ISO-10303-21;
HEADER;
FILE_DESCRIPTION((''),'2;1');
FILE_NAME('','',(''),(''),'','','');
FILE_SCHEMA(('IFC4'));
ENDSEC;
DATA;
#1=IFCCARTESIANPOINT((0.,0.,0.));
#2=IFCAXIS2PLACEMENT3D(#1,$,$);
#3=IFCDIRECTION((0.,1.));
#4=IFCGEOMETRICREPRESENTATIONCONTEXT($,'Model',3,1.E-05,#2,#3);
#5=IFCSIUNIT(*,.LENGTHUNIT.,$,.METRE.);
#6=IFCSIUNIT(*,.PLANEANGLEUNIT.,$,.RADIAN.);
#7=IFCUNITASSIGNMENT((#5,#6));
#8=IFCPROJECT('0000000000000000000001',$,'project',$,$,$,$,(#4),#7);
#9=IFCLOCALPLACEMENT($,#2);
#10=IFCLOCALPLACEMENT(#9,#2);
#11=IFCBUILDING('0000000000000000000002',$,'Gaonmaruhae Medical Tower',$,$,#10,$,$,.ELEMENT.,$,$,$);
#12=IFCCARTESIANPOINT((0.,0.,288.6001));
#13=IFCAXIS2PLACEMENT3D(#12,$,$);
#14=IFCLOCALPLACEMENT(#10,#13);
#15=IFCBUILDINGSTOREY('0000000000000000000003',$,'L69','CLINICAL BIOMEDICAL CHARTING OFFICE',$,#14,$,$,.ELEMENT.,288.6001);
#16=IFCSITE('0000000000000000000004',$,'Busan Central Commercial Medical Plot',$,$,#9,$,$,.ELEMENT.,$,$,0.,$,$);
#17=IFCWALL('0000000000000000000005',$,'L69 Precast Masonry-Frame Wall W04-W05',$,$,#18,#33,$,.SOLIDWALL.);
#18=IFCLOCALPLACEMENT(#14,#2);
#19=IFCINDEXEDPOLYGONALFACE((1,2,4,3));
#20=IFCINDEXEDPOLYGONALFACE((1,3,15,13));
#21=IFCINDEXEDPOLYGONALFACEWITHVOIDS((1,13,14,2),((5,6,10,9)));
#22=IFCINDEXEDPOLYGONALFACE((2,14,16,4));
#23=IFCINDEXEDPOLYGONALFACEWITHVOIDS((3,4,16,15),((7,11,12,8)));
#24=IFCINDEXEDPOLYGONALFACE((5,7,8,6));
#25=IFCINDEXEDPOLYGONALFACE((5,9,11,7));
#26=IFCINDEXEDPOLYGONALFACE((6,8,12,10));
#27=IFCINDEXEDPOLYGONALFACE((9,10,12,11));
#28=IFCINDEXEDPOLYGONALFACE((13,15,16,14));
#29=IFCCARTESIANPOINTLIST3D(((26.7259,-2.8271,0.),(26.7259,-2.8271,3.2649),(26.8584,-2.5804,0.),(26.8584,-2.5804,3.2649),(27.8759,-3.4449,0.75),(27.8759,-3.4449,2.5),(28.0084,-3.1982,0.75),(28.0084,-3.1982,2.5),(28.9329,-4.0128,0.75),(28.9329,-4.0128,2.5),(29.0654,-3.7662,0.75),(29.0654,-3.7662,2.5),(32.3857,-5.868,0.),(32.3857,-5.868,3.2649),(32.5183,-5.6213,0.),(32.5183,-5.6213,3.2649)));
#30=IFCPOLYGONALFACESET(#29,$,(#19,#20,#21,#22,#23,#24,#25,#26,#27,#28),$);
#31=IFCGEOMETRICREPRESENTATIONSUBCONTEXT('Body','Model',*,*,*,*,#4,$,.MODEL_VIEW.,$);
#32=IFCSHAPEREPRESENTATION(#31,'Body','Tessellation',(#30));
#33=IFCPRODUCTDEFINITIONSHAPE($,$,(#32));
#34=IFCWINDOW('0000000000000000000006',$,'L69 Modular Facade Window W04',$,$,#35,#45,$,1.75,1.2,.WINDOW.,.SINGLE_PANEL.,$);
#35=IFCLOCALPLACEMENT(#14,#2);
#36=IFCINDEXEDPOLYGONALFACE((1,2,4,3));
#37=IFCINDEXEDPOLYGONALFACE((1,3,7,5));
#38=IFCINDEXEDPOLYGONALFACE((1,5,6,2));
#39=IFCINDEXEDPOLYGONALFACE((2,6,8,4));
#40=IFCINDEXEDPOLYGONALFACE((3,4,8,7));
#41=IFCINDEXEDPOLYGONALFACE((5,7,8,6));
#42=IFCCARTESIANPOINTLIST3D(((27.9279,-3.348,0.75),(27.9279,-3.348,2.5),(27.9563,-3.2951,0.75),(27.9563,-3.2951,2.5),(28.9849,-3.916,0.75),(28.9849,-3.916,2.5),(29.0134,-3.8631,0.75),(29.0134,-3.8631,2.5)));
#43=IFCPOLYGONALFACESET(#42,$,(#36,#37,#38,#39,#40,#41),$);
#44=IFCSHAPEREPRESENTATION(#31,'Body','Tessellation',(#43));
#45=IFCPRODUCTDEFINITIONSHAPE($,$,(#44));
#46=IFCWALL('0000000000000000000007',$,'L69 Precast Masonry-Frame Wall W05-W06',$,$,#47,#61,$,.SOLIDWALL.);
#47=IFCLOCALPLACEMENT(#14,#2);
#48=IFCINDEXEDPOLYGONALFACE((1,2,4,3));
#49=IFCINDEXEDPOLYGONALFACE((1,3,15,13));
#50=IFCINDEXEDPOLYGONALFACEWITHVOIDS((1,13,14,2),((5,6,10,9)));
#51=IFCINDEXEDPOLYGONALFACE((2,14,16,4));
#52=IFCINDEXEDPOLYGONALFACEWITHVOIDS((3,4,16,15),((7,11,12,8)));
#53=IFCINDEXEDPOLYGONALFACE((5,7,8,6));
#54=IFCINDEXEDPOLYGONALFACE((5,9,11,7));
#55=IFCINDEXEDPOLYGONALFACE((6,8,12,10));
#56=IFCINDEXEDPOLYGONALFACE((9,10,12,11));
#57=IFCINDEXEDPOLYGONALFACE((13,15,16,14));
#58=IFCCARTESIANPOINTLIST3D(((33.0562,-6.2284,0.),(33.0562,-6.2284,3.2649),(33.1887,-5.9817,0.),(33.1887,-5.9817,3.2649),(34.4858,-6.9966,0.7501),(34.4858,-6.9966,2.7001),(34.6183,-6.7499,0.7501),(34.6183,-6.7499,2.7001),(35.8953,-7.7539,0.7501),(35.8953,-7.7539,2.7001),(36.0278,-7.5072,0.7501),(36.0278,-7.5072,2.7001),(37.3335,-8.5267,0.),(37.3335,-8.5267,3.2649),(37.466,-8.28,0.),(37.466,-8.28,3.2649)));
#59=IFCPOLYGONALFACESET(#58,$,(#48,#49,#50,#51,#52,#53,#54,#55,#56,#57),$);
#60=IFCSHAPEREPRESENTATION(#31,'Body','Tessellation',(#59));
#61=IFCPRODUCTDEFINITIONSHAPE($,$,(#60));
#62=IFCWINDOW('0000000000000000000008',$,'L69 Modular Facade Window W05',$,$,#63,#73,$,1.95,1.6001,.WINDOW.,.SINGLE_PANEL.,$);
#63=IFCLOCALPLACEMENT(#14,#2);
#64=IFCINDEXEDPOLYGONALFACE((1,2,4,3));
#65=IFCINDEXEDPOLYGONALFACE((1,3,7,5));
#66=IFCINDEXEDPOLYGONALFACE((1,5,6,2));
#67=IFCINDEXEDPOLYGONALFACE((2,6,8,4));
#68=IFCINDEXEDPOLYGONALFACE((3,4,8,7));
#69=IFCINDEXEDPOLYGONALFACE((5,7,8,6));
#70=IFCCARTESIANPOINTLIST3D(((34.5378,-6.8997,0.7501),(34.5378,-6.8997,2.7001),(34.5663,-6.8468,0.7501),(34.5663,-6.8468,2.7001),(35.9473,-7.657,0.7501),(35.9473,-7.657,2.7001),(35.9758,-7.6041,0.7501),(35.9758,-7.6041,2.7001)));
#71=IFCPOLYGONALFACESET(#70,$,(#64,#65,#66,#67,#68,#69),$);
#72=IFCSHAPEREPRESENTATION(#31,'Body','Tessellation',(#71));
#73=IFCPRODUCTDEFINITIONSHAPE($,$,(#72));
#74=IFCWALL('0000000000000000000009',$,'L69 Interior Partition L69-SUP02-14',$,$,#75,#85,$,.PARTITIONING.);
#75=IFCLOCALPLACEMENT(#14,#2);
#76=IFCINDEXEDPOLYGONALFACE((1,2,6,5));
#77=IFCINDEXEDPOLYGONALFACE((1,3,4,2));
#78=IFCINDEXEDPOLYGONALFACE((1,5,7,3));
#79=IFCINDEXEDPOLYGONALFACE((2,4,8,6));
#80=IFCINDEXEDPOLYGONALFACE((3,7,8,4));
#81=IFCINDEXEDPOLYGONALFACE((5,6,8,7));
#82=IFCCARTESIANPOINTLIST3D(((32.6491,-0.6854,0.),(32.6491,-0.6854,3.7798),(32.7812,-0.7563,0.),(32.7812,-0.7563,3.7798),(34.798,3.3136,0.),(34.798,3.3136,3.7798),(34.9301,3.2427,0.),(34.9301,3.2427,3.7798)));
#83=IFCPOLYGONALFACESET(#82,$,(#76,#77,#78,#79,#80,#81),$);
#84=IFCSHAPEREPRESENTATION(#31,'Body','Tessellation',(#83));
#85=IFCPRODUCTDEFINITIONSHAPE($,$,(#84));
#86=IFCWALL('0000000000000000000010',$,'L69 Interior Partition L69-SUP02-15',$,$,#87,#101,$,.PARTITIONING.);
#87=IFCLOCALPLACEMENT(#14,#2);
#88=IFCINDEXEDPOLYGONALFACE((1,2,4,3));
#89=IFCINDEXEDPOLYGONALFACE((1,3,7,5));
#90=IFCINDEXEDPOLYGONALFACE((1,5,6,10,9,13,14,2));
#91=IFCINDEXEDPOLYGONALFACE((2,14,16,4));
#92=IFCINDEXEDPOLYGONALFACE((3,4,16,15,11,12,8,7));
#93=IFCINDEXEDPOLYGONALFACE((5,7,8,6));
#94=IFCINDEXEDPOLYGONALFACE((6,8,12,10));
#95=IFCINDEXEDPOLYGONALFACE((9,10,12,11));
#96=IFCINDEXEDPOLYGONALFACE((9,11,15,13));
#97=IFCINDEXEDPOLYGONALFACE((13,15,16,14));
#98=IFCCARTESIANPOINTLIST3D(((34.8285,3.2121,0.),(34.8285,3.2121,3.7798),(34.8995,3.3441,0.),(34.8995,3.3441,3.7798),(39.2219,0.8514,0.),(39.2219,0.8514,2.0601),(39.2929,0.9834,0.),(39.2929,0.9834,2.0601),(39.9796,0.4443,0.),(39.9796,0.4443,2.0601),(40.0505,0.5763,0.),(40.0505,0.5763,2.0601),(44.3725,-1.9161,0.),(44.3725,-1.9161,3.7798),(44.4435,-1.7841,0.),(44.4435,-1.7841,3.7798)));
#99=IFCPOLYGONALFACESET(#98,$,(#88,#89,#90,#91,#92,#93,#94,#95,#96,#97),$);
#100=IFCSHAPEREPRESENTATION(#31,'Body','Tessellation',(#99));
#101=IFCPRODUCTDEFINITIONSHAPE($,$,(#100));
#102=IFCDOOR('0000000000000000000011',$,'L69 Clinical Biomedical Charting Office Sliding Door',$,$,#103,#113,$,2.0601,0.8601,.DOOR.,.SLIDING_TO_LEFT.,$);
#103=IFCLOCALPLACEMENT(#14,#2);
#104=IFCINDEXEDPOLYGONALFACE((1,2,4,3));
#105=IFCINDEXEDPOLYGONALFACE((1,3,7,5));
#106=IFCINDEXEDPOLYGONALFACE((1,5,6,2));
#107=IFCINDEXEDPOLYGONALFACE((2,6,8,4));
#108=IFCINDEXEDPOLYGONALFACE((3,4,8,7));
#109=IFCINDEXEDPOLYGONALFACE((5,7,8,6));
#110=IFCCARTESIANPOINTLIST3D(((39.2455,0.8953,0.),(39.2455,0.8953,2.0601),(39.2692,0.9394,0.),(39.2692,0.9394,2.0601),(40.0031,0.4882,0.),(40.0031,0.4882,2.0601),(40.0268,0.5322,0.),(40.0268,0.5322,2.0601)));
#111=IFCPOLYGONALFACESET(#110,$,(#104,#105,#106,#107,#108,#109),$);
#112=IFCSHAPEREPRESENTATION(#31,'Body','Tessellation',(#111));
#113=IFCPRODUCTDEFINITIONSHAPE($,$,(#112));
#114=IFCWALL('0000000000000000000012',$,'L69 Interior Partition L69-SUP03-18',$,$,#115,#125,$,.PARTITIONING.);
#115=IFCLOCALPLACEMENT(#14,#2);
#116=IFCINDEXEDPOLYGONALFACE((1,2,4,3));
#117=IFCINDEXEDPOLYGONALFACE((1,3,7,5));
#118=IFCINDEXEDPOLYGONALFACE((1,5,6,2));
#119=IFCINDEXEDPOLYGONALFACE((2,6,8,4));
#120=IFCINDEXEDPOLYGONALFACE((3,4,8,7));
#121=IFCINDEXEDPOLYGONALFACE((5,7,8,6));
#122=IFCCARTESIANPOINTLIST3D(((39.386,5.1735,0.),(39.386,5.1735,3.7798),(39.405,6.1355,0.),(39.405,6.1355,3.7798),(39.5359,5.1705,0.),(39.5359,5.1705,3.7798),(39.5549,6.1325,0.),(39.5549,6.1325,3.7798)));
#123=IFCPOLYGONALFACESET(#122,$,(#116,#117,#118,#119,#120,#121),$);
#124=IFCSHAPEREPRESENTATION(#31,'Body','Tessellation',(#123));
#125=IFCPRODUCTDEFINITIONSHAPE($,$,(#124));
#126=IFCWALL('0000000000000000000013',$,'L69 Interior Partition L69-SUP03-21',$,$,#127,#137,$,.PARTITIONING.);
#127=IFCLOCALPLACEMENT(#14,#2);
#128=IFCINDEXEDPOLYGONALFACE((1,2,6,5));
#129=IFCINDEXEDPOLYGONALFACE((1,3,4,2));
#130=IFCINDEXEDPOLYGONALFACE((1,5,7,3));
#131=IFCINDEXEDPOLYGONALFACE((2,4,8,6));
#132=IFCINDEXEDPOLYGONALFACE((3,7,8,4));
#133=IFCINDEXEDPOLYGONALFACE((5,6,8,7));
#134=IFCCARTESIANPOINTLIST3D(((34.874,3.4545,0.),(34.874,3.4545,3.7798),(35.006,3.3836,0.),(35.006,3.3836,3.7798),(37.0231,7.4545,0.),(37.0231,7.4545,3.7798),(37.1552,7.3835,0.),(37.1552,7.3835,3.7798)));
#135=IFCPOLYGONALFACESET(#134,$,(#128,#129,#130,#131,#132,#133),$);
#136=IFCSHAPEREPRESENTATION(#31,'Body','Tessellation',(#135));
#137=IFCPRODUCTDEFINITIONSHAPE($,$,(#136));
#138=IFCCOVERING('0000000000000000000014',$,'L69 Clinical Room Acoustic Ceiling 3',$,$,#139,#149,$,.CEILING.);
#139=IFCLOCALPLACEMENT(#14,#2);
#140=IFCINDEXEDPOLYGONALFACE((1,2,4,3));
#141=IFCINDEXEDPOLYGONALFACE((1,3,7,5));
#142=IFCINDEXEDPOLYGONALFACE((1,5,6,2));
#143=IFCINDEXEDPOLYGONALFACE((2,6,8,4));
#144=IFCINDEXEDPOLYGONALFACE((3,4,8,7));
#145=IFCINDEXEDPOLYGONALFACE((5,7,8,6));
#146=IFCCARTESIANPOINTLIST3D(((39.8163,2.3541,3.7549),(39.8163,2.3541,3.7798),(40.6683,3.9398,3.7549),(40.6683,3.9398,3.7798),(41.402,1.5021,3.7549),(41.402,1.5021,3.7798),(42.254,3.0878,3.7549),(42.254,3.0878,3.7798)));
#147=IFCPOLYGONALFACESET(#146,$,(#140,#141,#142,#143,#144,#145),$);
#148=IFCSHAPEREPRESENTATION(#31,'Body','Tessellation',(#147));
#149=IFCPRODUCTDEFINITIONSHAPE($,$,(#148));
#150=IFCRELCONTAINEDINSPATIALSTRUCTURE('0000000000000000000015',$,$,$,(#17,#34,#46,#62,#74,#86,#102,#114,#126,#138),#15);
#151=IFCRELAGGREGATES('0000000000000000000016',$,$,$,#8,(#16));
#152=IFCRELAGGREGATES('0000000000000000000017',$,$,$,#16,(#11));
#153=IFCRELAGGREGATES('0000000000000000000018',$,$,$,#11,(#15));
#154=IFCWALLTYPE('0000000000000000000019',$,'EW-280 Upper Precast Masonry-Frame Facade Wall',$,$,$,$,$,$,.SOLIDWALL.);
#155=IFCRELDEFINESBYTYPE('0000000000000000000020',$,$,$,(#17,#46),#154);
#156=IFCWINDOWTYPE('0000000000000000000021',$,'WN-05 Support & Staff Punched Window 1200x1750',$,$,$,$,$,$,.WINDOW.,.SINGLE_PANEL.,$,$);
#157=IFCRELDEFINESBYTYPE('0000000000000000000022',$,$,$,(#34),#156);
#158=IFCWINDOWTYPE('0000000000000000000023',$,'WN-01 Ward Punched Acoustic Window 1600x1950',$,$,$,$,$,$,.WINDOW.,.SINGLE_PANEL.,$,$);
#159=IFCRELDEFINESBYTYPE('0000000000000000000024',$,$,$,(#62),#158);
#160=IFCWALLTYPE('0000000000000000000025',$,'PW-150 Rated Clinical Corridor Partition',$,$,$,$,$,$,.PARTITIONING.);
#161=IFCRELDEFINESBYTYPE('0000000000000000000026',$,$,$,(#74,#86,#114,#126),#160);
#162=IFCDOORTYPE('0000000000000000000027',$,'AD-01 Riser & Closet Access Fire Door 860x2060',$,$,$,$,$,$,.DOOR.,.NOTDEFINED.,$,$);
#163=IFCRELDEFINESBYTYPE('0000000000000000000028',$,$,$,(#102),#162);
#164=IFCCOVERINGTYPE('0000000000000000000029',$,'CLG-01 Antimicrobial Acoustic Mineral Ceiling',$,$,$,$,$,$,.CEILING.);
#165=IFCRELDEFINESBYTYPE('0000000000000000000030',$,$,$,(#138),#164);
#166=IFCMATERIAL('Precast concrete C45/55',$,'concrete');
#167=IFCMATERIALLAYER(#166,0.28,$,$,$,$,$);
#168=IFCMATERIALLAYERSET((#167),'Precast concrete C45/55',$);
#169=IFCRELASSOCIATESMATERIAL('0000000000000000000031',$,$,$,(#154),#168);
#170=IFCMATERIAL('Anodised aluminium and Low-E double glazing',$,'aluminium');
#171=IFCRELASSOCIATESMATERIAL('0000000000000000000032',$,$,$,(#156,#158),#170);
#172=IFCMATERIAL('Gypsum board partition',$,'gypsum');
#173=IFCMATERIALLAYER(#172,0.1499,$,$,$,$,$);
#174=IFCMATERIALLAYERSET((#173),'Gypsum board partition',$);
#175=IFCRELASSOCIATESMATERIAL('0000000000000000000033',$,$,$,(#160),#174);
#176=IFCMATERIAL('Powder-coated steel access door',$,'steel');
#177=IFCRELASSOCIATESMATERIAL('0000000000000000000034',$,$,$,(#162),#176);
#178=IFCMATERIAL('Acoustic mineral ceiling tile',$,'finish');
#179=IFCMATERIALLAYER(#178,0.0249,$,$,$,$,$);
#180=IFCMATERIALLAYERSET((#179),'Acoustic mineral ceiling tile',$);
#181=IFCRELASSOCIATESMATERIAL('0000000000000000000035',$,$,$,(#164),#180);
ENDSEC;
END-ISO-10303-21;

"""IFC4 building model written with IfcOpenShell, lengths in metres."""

from ifc_helpers import new_model, si_unit, direction, frame, frame_2d, origin, origin_2d, place, context, subcontext, project, spatial, rectangle, extrude, material, layer, layer_set, type_object, element, fill, save


model = new_model("IFC4")

# Units and contexts
model_context = context("Model", 3, precision=1e-05, world=origin(), true_north=direction((0.0, 1.0)))
body_context = subcontext(model_context, "Body", "Model", "MODEL_VIEW")
ifc_project = project(units=[si_unit("LENGTHUNIT", "METRE"), si_unit("PLANEANGLEUNIT", "RADIAN")], contexts=[model_context])

# Site, building, storey
site_placement = place(None, origin())
site = spatial("IfcSite", under=ifc_project, at=site_placement, Name="Busan Central Commercial Medical Plot", CompositionType="ELEMENT", RefElevation=0.0)
building_placement = place(site_placement, origin())
building = spatial("IfcBuilding", under=site, at=building_placement, Name="Gaonmaruhae Medical Tower", CompositionType="ELEMENT")
storey_placement = place(building_placement, frame((0.0, 0.0, 288.6001)))
storey = spatial("IfcBuildingStorey", under=building, at=storey_placement, Name="L69", Description="CLINICAL BIOMEDICAL CHARTING OFFICE", CompositionType="ELEMENT", Elevation=288.6001)

# Walls, openings, windows
ifc_material_1 = material(Name="Precast concrete C45/55", Category="concrete")
ifc_layer_1 = layer(ifc_material_1, 0.28)
ifc_layer_set_1 = layer_set([ifc_layer_1], Name="Precast concrete C45/55")
wall_type_1 = type_object("IfcWallType", Name="EW-280 Upper Precast Masonry-Frame Facade Wall", PredefinedType="SOLIDWALL", material=ifc_layer_set_1)
wall_1_placement = place(storey_placement, frame((32.4519, -5.7446, 0.0), z_axis=(0.0, 0.0, 1.0), x_axis=(-0.880901, 0.4733, 0.0)))
wall_1 = element("IfcWall", 1, at=wall_1_placement, inside=storey, type_object=wall_type_1, Name="L69 Precast Masonry-Frame Wall W04-W05", PredefinedType="SOLIDWALL", context=body_context, shape_type="SweptSolid", body=[
    extrude(rectangle(XDim=6.425, YDim=0.28, at=frame_2d((3.2124, 0.0))), origin(), (0.0, 0.0, 1.0), 3.2649),
])
opening_1_placement = place(wall_1_placement, frame((3.9194, 0.0, 0.75)))
opening_1 = element("IfcOpeningElement", 2, at=opening_1_placement, cuts=wall_1, PredefinedType="OPENING", context=body_context, shape_type="SweptSolid", body=[
    extrude(rectangle(XDim=1.2, YDim=1.75, at=frame_2d((0.6001, 0.875))), frame((0.0, 0.1499, 0.0), z_axis=(0.0, -1.0, 0.0), x_axis=(1.0, 0.0, 0.0)), (0.0, 0.0, 1.0), 0.3),
])
ifc_material_2 = material(Name="Anodised aluminium and Low-E double glazing", Category="aluminium")
window_type_1 = type_object("IfcWindowType", Name="WN-05 Support & Staff Punched Window 1200x1750", PartitioningType="SINGLE_PANEL", PredefinedType="WINDOW", material=ifc_material_2)
window_1_placement = place(opening_1_placement, origin())
window_1 = element("IfcWindow", 3, at=window_1_placement, inside=storey, type_object=window_type_1, Name="L69 Modular Facade Window W04", OverallHeight=1.75, OverallWidth=1.2, PartitioningType="SINGLE_PANEL", PredefinedType="WINDOW", context=body_context, shape_type="SweptSolid", body=[
    extrude(rectangle(XDim=1.2, YDim=1.75, at=frame_2d((0.6001, 0.875))), frame((0.0, 0.03, 0.0), z_axis=(0.0, -1.0, 0.0), x_axis=(1.0, 0.0, 0.0)), (0.0, 0.0, 1.0), 0.0601),
])
fill(opening_1, window_1)
wall_2_placement = place(storey_placement, frame((37.3997, -8.4033, 0.0), z_axis=(0.0, 0.0, 1.0), x_axis=(-0.880887, 0.473326, 0.0)))
wall_2 = element("IfcWall", 4, at=wall_2_placement, inside=storey, type_object=wall_type_1, Name="L69 Precast Masonry-Frame Wall W05-W06", PredefinedType="SOLIDWALL", context=body_context, shape_type="SweptSolid", body=[
    extrude(rectangle(XDim=4.8557, YDim=0.28, at=frame_2d((2.4277, 0.0))), origin(), (0.0, 0.0, 1.0), 3.2649),
])
opening_2_placement = place(wall_2_placement, frame((1.6326, 0.0, 0.75)))
opening_2 = element("IfcOpeningElement", 5, at=opening_2_placement, cuts=wall_2, PredefinedType="OPENING", context=body_context, shape_type="SweptSolid", body=[
    extrude(rectangle(XDim=1.6001, YDim=1.95, at=frame_2d((0.8, 0.9751))), frame((0.0, 0.1499, 0.0), z_axis=(0.0, -1.0, 0.0), x_axis=(1.0, 0.0, 0.0)), (0.0, 0.0, 1.0), 0.3),
])
window_type_2 = type_object("IfcWindowType", Name="WN-01 Ward Punched Acoustic Window 1600x1950", PartitioningType="SINGLE_PANEL", PredefinedType="WINDOW", material=ifc_material_2)
window_2_placement = place(opening_2_placement, origin())
window_2 = element("IfcWindow", 6, at=window_2_placement, inside=storey, type_object=window_type_2, Name="L69 Modular Facade Window W05", OverallHeight=1.95, OverallWidth=1.6001, PartitioningType="SINGLE_PANEL", PredefinedType="WINDOW", context=body_context, shape_type="SweptSolid", body=[
    extrude(rectangle(XDim=1.6001, YDim=1.95, at=frame_2d((0.8, 0.9751))), frame((0.0, 0.03, 0.0), z_axis=(0.0, -1.0, 0.0), x_axis=(1.0, 0.0, 0.0)), (0.0, 0.0, 1.0), 0.0601),
])
fill(opening_2, window_2)

# Wall
ifc_material_3 = material(Name="Gypsum board partition", Category="gypsum")
ifc_layer_2 = layer(ifc_material_3, 0.1499)
ifc_layer_set_2 = layer_set([ifc_layer_2], Name="Gypsum board partition")
wall_type_2 = type_object("IfcWallType", Name="PW-150 Rated Clinical Corridor Partition", PredefinedType="PARTITIONING", material=ifc_layer_set_2)
wall_3_placement = place(storey_placement, frame((32.7151, -0.7209, 0.0), z_axis=(0.0, 0.0, 1.0), x_axis=(0.473349, 0.880875, 0.0)))
element("IfcWall", 7, at=wall_3_placement, inside=storey, type_object=wall_type_2, Name="L69 Interior Partition L69-SUP02-14", PredefinedType="PARTITIONING", context=body_context, shape_type="SweptSolid", body=[
    extrude(rectangle(XDim=4.5398, YDim=0.1499, at=frame_2d((2.27, 0.0))), origin(), (0.0, 0.0, 1.0), 3.7798),
])

# Wall, opening, door
wall_4_placement = place(storey_placement, frame((34.864, 3.2781, 0.0), z_axis=(0.0, 0.0, 1.0), x_axis=(0.88089, -0.473322, 0.0)))
wall_4 = element("IfcWall", 8, at=wall_4_placement, inside=storey, type_object=wall_type_2, Name="L69 Interior Partition L69-SUP02-15", PredefinedType="PARTITIONING", context=body_context, shape_type="SweptSolid", body=[
    extrude(rectangle(XDim=10.8345, YDim=0.1499, at=frame_2d((5.4172, 0.0))), origin(), (0.0, 0.0, 1.0), 3.7798),
])
opening_3_placement = place(wall_4_placement, frame((4.9873, 0.0, 0.0)))
opening_3 = element("IfcOpeningElement", 9, at=opening_3_placement, cuts=wall_4, PredefinedType="OPENING", context=body_context, shape_type="SweptSolid", body=[
    extrude(rectangle(XDim=0.8601, YDim=2.0601, at=frame_2d((0.4302, 1.03))), frame((0.0, 0.085, 0.0), z_axis=(0.0, -1.0, 0.0), x_axis=(1.0, 0.0, 0.0)), (0.0, 0.0, 1.0), 0.1699),
])
ifc_material_4 = material(Name="Powder-coated steel access door", Category="steel")
door_type_1 = type_object("IfcDoorType", Name="AD-01 Riser & Closet Access Fire Door 860x2060", OperationType="NOTDEFINED", PredefinedType="DOOR", material=ifc_material_4)
door_1_placement = place(opening_3_placement, origin())
door_1 = element("IfcDoor", 10, at=door_1_placement, inside=storey, type_object=door_type_1, Name="L69 Clinical Biomedical Charting Office Sliding Door", OperationType="SLIDING_TO_LEFT", OverallHeight=2.0601, OverallWidth=0.8601, PredefinedType="DOOR", context=body_context, shape_type="SweptSolid", body=[
    extrude(rectangle(XDim=0.8601, YDim=2.0601, at=frame_2d((0.4302, 1.03))), frame((0.0, 0.0249, 0.0), z_axis=(0.0, -1.0, 0.0), x_axis=(1.0, 0.0, 0.0)), (0.0, 0.0, 1.0), 0.05),
])
fill(opening_3, door_1)

# Walls
wall_5_placement = place(storey_placement, frame((39.4609, 5.1721, 0.0), z_axis=(0.0, 0.0, 1.0), x_axis=(0.019793, 0.999804, 0.0)))
element("IfcWall", 11, at=wall_5_placement, inside=storey, type_object=wall_type_2, Name="L69 Interior Partition L69-SUP03-18", PredefinedType="PARTITIONING", context=body_context, shape_type="SweptSolid", body=[
    extrude(rectangle(XDim=0.9622, YDim=0.1499, at=frame_2d((0.481, 0.0))), origin(), (0.0, 0.0, 1.0), 3.7798),
])
wall_6_placement = place(storey_placement, frame((34.9399, 3.4189, 0.0), z_axis=(0.0, 0.0, 1.0), x_axis=(0.473301, 0.880901, 0.0)))
element("IfcWall", 12, at=wall_6_placement, inside=storey, type_object=wall_type_2, Name="L69 Interior Partition L69-SUP03-21", PredefinedType="PARTITIONING", context=body_context, shape_type="SweptSolid", body=[
    extrude(rectangle(XDim=4.5408, YDim=0.1499, at=frame_2d((2.2705, 0.0))), origin(), (0.0, 0.0, 1.0), 3.7798),
])

# Covering
ifc_material_5 = material(Name="Acoustic mineral ceiling tile", Category="finish")
ifc_layer_3 = layer(ifc_material_5, 0.0249)
ifc_layer_set_3 = layer_set([ifc_layer_3], Name="Acoustic mineral ceiling tile")
covering_type = type_object("IfcCoveringType", Name="CLG-01 Antimicrobial Acoustic Mineral Ceiling", PredefinedType="CEILING", material=ifc_layer_set_3)
covering_placement = place(storey_placement, frame((41.0352, 2.7209, 3.7549), z_axis=(0.0, 0.0, 1.0), x_axis=(0.47332, 0.880891, 0.0)))
element("IfcCovering", 13, at=covering_placement, inside=storey, type_object=covering_type, Name="L69 Clinical Room Acoustic Ceiling 3", PredefinedType="CEILING", context=body_context, shape_type="SweptSolid", body=[
    extrude(rectangle(XDim=1.8, YDim=1.8, at=origin_2d()), origin(), (0.0, 0.0, 1.0), 0.0249),
])

save(model, "model.ifc")
